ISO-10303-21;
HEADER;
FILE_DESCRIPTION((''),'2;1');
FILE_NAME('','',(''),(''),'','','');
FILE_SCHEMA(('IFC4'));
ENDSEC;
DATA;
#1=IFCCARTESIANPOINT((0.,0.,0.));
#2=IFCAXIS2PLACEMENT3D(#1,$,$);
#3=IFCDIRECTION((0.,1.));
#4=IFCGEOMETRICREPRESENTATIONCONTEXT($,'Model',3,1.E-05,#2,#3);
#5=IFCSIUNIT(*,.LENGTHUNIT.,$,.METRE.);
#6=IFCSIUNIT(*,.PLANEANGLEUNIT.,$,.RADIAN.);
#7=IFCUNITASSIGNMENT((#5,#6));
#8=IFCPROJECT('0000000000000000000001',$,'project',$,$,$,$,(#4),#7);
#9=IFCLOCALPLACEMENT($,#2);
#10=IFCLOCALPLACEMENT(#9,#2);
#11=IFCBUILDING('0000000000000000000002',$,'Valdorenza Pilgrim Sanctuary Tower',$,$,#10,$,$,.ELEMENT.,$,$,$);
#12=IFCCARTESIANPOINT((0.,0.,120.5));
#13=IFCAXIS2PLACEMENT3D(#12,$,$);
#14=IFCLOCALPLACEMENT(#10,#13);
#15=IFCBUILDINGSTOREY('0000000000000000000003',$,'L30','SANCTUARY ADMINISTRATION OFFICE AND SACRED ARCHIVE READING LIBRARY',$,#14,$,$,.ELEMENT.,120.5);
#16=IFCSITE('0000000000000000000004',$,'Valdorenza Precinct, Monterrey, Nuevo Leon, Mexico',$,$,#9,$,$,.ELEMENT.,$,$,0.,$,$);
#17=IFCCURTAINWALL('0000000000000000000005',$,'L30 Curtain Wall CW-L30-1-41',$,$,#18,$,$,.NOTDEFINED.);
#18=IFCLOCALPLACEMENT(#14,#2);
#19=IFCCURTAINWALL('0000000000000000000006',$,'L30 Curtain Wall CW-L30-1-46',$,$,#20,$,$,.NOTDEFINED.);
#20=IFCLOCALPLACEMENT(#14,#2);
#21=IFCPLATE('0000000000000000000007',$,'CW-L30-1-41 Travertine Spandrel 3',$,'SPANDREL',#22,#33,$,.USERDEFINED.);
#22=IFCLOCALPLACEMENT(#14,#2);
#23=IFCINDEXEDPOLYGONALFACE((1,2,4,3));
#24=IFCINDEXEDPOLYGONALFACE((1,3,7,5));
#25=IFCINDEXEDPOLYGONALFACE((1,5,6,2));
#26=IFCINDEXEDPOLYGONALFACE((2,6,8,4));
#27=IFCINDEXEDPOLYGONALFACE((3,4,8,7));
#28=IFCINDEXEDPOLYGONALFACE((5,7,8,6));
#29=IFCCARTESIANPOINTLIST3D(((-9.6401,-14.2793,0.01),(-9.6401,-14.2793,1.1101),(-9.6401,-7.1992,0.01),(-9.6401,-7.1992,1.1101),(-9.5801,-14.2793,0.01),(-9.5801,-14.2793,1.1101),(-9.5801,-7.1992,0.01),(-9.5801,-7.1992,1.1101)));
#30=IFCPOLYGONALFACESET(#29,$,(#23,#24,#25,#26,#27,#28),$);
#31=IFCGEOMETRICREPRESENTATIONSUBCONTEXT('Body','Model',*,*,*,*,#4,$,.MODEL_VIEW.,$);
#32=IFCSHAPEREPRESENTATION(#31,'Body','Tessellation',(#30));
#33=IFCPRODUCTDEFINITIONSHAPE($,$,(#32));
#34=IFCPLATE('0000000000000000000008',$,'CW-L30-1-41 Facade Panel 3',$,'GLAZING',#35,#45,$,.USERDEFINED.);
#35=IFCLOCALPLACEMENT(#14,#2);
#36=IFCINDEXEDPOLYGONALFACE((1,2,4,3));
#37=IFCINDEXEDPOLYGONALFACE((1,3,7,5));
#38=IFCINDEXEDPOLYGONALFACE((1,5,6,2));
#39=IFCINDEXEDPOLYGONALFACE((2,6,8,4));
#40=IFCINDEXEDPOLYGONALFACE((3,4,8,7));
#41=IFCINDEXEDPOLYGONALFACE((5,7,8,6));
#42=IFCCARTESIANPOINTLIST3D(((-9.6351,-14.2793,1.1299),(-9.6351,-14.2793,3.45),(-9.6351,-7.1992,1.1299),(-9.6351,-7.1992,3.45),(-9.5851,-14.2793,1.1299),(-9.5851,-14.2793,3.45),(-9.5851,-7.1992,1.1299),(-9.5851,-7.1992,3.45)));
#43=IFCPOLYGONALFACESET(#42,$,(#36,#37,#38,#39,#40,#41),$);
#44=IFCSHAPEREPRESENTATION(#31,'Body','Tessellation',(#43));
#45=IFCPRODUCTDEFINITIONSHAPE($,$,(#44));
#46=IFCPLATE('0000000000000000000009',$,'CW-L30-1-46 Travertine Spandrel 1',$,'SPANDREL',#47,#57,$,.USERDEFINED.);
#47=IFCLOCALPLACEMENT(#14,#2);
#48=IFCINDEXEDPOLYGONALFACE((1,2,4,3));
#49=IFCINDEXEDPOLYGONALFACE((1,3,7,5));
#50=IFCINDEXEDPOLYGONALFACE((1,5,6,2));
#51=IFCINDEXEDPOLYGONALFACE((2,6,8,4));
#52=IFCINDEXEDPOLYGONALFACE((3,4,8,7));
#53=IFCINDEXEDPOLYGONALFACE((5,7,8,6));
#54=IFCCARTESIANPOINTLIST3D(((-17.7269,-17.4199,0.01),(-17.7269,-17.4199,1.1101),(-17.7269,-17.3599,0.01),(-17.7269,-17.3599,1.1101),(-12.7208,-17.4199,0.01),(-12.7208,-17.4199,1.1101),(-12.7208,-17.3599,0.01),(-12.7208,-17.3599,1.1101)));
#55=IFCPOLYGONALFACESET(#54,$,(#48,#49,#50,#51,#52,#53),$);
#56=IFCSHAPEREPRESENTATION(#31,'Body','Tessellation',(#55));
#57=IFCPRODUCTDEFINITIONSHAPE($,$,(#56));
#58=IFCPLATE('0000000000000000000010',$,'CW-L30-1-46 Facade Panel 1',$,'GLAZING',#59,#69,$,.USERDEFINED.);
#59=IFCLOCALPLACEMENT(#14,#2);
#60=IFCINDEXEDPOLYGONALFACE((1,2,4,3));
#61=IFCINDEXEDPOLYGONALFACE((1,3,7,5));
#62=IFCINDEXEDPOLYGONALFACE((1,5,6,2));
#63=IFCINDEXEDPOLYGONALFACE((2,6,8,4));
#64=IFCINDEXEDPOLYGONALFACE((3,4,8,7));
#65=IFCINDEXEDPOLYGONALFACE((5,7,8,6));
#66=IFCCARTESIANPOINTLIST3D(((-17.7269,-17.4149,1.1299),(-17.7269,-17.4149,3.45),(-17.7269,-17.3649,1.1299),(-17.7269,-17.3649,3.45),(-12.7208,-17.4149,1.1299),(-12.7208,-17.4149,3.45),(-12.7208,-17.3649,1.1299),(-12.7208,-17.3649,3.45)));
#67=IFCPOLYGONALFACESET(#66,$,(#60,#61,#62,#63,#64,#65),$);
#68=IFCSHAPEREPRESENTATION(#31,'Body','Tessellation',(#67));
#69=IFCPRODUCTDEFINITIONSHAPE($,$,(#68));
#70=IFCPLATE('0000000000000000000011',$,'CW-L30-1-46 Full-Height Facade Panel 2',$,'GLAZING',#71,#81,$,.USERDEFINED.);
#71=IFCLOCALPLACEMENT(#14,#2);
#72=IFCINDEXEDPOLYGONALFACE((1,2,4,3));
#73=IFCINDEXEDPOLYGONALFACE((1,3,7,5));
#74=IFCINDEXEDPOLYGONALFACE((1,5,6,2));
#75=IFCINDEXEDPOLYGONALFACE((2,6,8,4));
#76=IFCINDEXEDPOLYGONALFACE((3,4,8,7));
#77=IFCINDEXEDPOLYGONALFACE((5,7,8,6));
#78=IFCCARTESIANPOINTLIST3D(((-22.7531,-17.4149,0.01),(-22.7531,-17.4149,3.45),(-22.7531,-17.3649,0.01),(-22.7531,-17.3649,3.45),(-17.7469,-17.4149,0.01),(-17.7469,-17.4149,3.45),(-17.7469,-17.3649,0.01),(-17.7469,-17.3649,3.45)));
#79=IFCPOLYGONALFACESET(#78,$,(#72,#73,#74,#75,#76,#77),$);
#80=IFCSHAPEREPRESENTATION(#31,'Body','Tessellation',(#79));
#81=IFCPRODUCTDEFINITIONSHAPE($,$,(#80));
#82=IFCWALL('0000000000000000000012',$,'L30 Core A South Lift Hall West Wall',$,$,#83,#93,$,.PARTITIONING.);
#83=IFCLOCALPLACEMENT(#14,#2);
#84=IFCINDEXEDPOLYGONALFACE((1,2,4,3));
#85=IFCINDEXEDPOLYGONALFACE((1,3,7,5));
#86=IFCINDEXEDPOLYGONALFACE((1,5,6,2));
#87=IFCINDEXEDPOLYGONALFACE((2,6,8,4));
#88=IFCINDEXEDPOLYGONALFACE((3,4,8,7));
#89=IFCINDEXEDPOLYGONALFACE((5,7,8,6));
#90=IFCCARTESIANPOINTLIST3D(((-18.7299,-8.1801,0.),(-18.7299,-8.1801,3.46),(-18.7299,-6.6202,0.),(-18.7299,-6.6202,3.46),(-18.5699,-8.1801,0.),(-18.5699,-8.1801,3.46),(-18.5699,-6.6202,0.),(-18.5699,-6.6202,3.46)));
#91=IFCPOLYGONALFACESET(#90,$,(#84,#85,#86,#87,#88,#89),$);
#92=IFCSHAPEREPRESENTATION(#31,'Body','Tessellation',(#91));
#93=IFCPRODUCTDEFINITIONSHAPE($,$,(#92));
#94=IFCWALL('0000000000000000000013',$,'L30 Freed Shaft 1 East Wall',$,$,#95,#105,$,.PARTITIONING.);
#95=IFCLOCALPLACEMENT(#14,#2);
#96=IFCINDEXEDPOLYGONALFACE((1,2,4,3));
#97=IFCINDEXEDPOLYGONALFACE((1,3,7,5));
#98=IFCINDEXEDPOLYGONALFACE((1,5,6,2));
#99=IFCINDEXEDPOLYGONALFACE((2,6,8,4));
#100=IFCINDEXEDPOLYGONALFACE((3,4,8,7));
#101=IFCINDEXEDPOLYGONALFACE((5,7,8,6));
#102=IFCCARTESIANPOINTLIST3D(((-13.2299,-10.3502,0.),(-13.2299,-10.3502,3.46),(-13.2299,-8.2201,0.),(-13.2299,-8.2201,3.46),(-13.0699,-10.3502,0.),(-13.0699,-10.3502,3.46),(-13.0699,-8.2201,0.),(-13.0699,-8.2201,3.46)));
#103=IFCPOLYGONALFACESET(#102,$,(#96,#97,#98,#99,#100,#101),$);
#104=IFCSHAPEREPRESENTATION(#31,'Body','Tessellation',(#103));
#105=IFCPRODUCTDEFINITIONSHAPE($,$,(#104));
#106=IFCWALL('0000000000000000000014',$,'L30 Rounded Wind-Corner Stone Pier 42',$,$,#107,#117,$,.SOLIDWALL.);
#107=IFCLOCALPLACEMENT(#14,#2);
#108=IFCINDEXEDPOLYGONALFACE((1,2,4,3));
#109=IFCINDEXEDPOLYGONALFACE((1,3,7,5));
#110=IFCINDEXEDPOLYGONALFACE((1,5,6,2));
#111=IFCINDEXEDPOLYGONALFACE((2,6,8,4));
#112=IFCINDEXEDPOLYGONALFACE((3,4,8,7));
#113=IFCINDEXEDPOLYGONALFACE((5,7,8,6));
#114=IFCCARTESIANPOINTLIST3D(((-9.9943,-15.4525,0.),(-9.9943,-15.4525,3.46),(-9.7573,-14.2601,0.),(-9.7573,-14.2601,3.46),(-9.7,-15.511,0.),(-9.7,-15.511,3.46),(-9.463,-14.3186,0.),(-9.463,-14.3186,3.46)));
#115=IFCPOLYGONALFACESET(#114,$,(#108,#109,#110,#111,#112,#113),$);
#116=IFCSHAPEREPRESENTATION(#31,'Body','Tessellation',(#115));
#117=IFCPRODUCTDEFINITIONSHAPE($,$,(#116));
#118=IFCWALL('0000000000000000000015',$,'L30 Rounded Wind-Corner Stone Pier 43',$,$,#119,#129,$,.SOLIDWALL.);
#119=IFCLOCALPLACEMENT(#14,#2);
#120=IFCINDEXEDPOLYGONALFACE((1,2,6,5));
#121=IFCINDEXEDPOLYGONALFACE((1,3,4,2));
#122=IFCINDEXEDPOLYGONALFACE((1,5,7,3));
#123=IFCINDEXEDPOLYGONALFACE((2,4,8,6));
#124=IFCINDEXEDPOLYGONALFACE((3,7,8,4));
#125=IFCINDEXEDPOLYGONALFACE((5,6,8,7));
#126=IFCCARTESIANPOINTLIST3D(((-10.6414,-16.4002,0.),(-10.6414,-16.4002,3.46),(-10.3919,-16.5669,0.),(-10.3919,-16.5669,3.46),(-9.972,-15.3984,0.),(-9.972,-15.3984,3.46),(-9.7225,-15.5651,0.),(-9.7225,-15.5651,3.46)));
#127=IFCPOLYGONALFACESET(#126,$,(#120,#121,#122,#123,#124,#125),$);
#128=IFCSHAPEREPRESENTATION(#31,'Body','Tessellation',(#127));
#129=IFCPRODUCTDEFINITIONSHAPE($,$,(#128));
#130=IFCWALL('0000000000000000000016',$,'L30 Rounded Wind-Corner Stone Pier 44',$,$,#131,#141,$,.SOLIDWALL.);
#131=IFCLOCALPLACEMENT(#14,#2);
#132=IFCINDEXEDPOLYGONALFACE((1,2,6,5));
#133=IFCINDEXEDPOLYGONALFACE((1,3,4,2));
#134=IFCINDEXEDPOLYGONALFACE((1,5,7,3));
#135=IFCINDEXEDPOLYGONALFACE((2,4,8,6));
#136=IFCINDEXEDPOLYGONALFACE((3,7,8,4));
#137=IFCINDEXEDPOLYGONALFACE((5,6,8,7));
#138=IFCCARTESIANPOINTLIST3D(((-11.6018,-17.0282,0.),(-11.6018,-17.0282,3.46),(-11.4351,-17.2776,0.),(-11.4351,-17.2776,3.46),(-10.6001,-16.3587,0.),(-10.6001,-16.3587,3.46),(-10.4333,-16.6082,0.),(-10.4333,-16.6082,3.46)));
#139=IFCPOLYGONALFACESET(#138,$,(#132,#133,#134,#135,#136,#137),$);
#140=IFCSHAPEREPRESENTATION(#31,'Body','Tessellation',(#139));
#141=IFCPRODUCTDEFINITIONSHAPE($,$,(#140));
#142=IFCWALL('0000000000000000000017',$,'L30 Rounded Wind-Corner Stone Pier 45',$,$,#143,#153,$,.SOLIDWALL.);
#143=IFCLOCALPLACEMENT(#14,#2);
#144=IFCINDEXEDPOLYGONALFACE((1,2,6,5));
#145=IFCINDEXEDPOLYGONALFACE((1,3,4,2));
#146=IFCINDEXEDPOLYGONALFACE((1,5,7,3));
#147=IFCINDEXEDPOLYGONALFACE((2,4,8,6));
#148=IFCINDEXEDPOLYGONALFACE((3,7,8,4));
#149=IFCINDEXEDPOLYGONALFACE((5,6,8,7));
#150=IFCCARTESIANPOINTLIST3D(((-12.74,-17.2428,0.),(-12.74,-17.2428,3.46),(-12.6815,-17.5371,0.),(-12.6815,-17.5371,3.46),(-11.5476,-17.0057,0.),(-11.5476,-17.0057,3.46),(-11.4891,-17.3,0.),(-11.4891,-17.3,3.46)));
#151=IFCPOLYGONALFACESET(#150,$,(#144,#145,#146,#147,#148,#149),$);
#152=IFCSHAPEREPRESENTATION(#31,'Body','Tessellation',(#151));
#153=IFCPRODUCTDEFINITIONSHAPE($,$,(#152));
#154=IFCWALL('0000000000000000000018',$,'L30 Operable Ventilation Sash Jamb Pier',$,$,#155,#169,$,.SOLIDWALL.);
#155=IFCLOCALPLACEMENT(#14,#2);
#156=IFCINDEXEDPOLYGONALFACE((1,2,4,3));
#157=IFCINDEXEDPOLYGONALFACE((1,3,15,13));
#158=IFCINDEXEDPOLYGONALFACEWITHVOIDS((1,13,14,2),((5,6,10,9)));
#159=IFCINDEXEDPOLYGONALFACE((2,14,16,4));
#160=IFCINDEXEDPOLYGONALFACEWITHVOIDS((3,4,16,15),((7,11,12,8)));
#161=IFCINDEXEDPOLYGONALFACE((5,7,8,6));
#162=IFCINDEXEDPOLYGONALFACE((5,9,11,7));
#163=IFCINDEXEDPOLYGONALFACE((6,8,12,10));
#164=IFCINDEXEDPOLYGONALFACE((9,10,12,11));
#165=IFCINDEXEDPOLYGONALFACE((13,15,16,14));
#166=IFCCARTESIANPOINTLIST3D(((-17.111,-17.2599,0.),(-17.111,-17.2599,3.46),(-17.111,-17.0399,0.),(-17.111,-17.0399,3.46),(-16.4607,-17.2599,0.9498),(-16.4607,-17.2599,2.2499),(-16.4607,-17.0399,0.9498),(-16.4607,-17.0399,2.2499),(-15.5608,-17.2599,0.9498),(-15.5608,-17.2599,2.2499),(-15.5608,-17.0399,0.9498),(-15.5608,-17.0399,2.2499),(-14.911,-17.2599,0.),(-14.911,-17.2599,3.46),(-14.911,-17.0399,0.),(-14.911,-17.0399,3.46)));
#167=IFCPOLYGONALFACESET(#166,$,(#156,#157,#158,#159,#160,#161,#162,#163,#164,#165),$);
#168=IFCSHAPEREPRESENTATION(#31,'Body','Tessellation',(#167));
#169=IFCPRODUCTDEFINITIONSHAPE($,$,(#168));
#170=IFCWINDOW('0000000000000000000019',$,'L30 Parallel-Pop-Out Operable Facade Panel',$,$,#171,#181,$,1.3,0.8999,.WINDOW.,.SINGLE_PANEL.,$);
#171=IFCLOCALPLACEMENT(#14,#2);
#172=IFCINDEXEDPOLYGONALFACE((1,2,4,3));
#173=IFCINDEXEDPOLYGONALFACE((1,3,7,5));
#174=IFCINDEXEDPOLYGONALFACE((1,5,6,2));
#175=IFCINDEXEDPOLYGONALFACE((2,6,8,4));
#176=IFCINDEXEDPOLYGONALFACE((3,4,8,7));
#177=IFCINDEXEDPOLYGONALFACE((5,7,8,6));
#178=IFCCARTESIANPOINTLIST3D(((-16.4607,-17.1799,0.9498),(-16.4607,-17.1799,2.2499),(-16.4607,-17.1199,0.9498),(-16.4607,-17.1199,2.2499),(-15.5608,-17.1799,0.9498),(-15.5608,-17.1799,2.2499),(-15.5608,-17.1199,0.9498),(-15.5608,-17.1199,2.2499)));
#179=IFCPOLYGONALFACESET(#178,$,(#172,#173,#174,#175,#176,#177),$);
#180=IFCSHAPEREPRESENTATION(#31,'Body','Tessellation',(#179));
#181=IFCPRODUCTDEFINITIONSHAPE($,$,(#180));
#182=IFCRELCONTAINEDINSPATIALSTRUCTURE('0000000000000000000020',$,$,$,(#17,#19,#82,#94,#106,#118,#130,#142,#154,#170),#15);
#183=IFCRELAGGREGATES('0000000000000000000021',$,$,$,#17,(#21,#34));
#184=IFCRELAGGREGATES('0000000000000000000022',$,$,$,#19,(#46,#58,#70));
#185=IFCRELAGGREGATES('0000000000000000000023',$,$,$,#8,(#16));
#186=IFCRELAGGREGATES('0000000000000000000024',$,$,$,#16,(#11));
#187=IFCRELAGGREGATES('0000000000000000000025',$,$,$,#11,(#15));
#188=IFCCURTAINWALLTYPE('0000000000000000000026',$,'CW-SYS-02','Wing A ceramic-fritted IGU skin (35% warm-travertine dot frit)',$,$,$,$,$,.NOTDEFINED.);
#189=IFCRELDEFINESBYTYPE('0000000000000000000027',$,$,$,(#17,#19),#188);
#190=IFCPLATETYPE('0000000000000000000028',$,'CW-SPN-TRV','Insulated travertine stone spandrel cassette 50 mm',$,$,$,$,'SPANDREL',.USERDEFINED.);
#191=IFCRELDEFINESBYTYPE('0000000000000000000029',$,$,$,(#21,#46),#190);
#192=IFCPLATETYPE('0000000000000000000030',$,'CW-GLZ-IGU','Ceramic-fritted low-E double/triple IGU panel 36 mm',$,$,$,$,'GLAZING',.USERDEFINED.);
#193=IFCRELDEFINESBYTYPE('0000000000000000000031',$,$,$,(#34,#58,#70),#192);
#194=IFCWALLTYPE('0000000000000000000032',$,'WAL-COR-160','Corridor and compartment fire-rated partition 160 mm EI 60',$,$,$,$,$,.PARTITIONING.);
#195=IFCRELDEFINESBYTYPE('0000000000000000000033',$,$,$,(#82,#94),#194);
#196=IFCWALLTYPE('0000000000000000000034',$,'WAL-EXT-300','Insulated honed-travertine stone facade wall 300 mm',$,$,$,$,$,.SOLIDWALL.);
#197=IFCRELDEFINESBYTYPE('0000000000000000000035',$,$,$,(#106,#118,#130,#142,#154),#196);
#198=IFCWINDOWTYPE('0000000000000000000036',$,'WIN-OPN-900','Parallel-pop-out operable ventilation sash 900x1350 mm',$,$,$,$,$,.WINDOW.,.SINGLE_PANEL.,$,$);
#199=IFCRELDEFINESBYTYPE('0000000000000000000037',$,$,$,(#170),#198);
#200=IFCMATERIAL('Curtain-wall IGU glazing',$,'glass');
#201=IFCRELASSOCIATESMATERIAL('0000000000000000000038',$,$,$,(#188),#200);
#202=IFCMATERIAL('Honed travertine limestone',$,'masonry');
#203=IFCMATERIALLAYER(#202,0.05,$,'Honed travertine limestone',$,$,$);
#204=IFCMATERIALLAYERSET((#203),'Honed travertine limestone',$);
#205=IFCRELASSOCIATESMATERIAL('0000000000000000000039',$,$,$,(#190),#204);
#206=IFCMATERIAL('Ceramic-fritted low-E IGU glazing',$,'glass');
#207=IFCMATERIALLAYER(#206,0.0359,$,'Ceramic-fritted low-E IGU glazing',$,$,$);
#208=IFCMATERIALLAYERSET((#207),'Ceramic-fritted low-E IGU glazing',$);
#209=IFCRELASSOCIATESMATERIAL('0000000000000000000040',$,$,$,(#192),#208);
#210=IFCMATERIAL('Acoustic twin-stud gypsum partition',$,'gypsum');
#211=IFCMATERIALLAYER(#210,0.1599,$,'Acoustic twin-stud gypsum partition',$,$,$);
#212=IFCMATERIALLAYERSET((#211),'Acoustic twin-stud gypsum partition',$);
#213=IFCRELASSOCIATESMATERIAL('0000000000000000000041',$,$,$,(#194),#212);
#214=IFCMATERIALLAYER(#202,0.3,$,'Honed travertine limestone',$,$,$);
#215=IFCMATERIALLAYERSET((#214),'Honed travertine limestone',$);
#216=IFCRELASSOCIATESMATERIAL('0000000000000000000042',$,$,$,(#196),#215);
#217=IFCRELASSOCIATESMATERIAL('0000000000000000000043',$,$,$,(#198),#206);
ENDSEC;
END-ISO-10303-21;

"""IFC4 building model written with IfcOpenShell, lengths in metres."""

from ifc_helpers import new_model, si_unit, direction, frame, frame_2d, origin, origin_2d, place, context, subcontext, project, spatial, rectangle, extrude, source, transform, mapped, material, layer, layer_set, type_object, element, fill, aggregate, save


model = new_model("IFC4")

# Units and contexts
model_context = context("Model", 3, precision=1e-05, world=origin(), true_north=direction((0.0, 1.0)))
body_context = subcontext(model_context, "Body", "Model", "MODEL_VIEW")
ifc_project = project(units=[si_unit("LENGTHUNIT", "METRE"), si_unit("PLANEANGLEUNIT", "RADIAN")], contexts=[model_context])

# Site, building, storey
site_placement = place(None, origin())
site = spatial("IfcSite", under=ifc_project, at=site_placement, Name="Valdorenza Precinct, Monterrey, Nuevo Leon, Mexico", CompositionType="ELEMENT", RefElevation=0.0)
building_placement = place(site_placement, origin())
building = spatial("IfcBuilding", under=site, at=building_placement, Name="Valdorenza Pilgrim Sanctuary Tower", CompositionType="ELEMENT")
storey_placement = place(building_placement, frame((0.0, 0.0, 120.5)))
storey = spatial("IfcBuildingStorey", under=building, at=storey_placement, Name="L30", Description="SANCTUARY ADMINISTRATION OFFICE AND SACRED ARCHIVE READING LIBRARY", CompositionType="ELEMENT", Elevation=120.5)

# Curtain walls
ifc_material_1 = material(Name="Curtain-wall IGU glazing", Category="glass")
curtain_wall_type = type_object("IfcCurtainWallType", Name="CW-SYS-02", Description="Wing A ceramic-fritted IGU skin (35% warm-travertine dot frit)", PredefinedType="NOTDEFINED", material=ifc_material_1)
curtain_wall_1_placement = place(storey_placement, origin())
curtain_wall_1 = element("IfcCurtainWall", 1, at=curtain_wall_1_placement, inside=storey, type_object=curtain_wall_type, Name="L30 Curtain Wall CW-L30-1-41", PredefinedType="NOTDEFINED")
curtain_wall_2_placement = place(storey_placement, origin())
curtain_wall_2 = element("IfcCurtainWall", 2, at=curtain_wall_2_placement, inside=storey, type_object=curtain_wall_type, Name="L30 Curtain Wall CW-L30-1-46", PredefinedType="NOTDEFINED")

# Plates
ifc_material_2 = material(Name="Honed travertine limestone", Category="masonry")
ifc_layer_1 = layer(ifc_material_2, 0.05, Name="Honed travertine limestone")
ifc_layer_set_1 = layer_set([ifc_layer_1], Name="Honed travertine limestone")
plate_type_1 = type_object("IfcPlateType", Name="CW-SPN-TRV", Description="Insulated travertine stone spandrel cassette 50 mm", ElementType="SPANDREL", PredefinedType="USERDEFINED", material=ifc_layer_set_1)
shared_shape_1 = source(origin(), body_context, "Body", "SweptSolid", [
    extrude(rectangle(XDim=7.0801, YDim=0.0601, at=origin_2d()), origin(), (0.0, 0.0, 1.0), 1.1001),
])
plate_1_placement = place(storey_placement, frame((-9.6101, -10.7393, 0.01), z_axis=(0.0, 0.0, 1.0), x_axis=(0.0, -1.0, 0.0)))
plate_1 = element("IfcPlate", 3, at=plate_1_placement, type_object=plate_type_1, Name="CW-L30-1-41 Travertine Spandrel 3", ObjectType="SPANDREL", PredefinedType="USERDEFINED", context=body_context, shape_type="MappedRepresentation", body=[
    mapped(shared_shape_1, transform((0.0, 0.0, 0.0), x_axis=(1.0, 0.0, 0.0), y_axis=(0.0, 1.0, 0.0), z_axis=(0.0, 0.0, 1.0), scale=1.0)),
])
ifc_material_3 = material(Name="Ceramic-fritted low-E IGU glazing", Category="glass")
ifc_layer_2 = layer(ifc_material_3, 0.0359, Name="Ceramic-fritted low-E IGU glazing")
ifc_layer_set_2 = layer_set([ifc_layer_2], Name="Ceramic-fritted low-E IGU glazing")
plate_type_2 = type_object("IfcPlateType", Name="CW-GLZ-IGU", Description="Ceramic-fritted low-E double/triple IGU panel 36 mm", ElementType="GLAZING", PredefinedType="USERDEFINED", material=ifc_layer_set_2)
shared_shape_2 = source(origin(), body_context, "Body", "SweptSolid", [
    extrude(rectangle(XDim=7.0801, YDim=0.05, at=origin_2d()), origin(), (0.0, 0.0, 1.0), 2.3201),
])
plate_2_placement = place(storey_placement, frame((-9.6101, -10.7393, 1.1299), z_axis=(0.0, 0.0, 1.0), x_axis=(0.0, -1.0, 0.0)))
plate_2 = element("IfcPlate", 4, at=plate_2_placement, type_object=plate_type_2, Name="CW-L30-1-41 Facade Panel 3", ObjectType="GLAZING", PredefinedType="USERDEFINED", context=body_context, shape_type="MappedRepresentation", body=[
    mapped(shared_shape_2, transform((0.0, 0.0, 0.0), x_axis=(1.0, 0.0, 0.0), y_axis=(0.0, 1.0, 0.0), z_axis=(0.0, 0.0, 1.0), scale=1.0)),
])
aggregate(curtain_wall_1, [plate_1, plate_2])
shared_shape_3 = source(origin(), body_context, "Body", "SweptSolid", [
    extrude(rectangle(XDim=5.0061, YDim=0.0601, at=origin_2d()), origin(), (0.0, 0.0, 1.0), 1.1001),
])
plate_3_placement = place(storey_placement, frame((-15.2239, -17.3899, 0.01), z_axis=(0.0, 0.0, 1.0), x_axis=(-1.0, 0.0, 0.0)))
plate_3 = element("IfcPlate", 5, at=plate_3_placement, type_object=plate_type_1, Name="CW-L30-1-46 Travertine Spandrel 1", ObjectType="SPANDREL", PredefinedType="USERDEFINED", context=body_context, shape_type="MappedRepresentation", body=[
    mapped(shared_shape_3, transform((0.0, 0.0, 0.0), x_axis=(1.0, 0.0, 0.0), y_axis=(0.0, 1.0, 0.0), z_axis=(0.0, 0.0, 1.0), scale=1.0)),
])
shared_shape_4 = source(origin(), body_context, "Body", "SweptSolid", [
    extrude(rectangle(XDim=5.0061, YDim=0.05, at=origin_2d()), origin(), (0.0, 0.0, 1.0), 2.3201),
])
plate_4_placement = place(storey_placement, frame((-15.2239, -17.3899, 1.1299), z_axis=(0.0, 0.0, 1.0), x_axis=(-1.0, 0.0, 0.0)))
plate_4 = element("IfcPlate", 6, at=plate_4_placement, type_object=plate_type_2, Name="CW-L30-1-46 Facade Panel 1", ObjectType="GLAZING", PredefinedType="USERDEFINED", context=body_context, shape_type="MappedRepresentation", body=[
    mapped(shared_shape_4, transform((0.0, 0.0, 0.0), x_axis=(1.0, 0.0, 0.0), y_axis=(0.0, 1.0, 0.0), z_axis=(0.0, 0.0, 1.0), scale=1.0)),
])
shared_shape_5 = source(origin(), body_context, "Body", "SweptSolid", [
    extrude(rectangle(XDim=5.0061, YDim=0.05, at=origin_2d()), origin(), (0.0, 0.0, 1.0), 3.4399),
])
plate_5_placement = place(storey_placement, frame((-20.25, -17.3899, 0.01), z_axis=(0.0, 0.0, 1.0), x_axis=(-1.0, 0.0, 0.0)))
plate_5 = element("IfcPlate", 7, at=plate_5_placement, type_object=plate_type_2, Name="CW-L30-1-46 Full-Height Facade Panel 2", ObjectType="GLAZING", PredefinedType="USERDEFINED", context=body_context, shape_type="MappedRepresentation", body=[
    mapped(shared_shape_5, transform((0.0, 0.0, 0.0), x_axis=(1.0, 0.0, 0.0), y_axis=(0.0, 1.0, 0.0), z_axis=(0.0, 0.0, 1.0), scale=1.0)),
])
aggregate(curtain_wall_2, [plate_3, plate_4, plate_5])

# Wall
ifc_material_4 = material(Name="Acoustic twin-stud gypsum partition", Category="gypsum")
ifc_layer_3 = layer(ifc_material_4, 0.1599, Name="Acoustic twin-stud gypsum partition")
ifc_layer_set_3 = layer_set([ifc_layer_3], Name="Acoustic twin-stud gypsum partition")
wall_type_1 = type_object("IfcWallType", Name="WAL-COR-160", Description="Corridor and compartment fire-rated partition 160 mm EI 60", PredefinedType="PARTITIONING", material=ifc_layer_set_3)
wall_1_placement = place(storey_placement, frame((-18.6499, -8.1799, 0.0), z_axis=(0.0, 0.0, 1.0), x_axis=(0.0, 1.0, 0.0)))
element("IfcWall", 8, at=wall_1_placement, inside=storey, type_object=wall_type_1, Name="L30 Core A South Lift Hall West Wall", PredefinedType="PARTITIONING", context=body_context, shape_type="SweptSolid", body=[
    extrude(rectangle(XDim=1.5598, YDim=0.1599, at=frame_2d((0.7798, 0.0))), origin(), (0.0, 0.0, 1.0), 3.46),
])

# Walls
wall_2_placement = place(storey_placement, frame((-13.1499, -10.3501, 0.0), z_axis=(0.0, 0.0, 1.0), x_axis=(0.0, 1.0, 0.0)))
element("IfcWall", 9, at=wall_2_placement, inside=storey, type_object=wall_type_1, Name="L30 Freed Shaft 1 East Wall", PredefinedType="PARTITIONING", context=body_context, shape_type="SweptSolid", body=[
    extrude(rectangle(XDim=2.1301, YDim=0.1599, at=frame_2d((1.0649, 0.0))), origin(), (0.0, 0.0, 1.0), 3.46),
])
ifc_layer_4 = layer(ifc_material_2, 0.3, Name="Honed travertine limestone")
ifc_layer_set_4 = layer_set([ifc_layer_4], Name="Honed travertine limestone")
wall_type_2 = type_object("IfcWallType", Name="WAL-EXT-300", Description="Insulated honed-travertine stone facade wall 300 mm", PredefinedType="SOLIDWALL", material=ifc_layer_set_4)
wall_3_placement = place(storey_placement, frame((-9.6101, -14.2893, 0.0), z_axis=(0.0, 0.0, 1.0), x_axis=(-0.194996, -0.980804, 0.0)))
element("IfcWall", 10, at=wall_3_placement, inside=storey, type_object=wall_type_2, Name="L30 Rounded Wind-Corner Stone Pier 42", PredefinedType="SOLIDWALL", context=body_context, shape_type="SweptSolid", body=[
    extrude(rectangle(XDim=1.2158, YDim=0.3, at=frame_2d((0.6079, 0.0))), origin(), (0.0, 0.0, 1.0), 3.46),
])
for number, where, z_axis, x_axis, name in (
    (11, (-9.8472, -15.4817, 0.0), (0.0, 0.0, 1.0), (-0.555635, -0.831426, 0.0), "L30 Rounded Wind-Corner Stone Pier 43"),
    (12, (-10.5166, -16.4834, 0.0), (0.0, 0.0, 1.0), (-0.831426, -0.555635, 0.0), "L30 Rounded Wind-Corner Stone Pier 44"),
):
    element("IfcWall", number, at=place(storey_placement, frame(where, z_axis=z_axis, x_axis=x_axis)), inside=storey, type_object=wall_type_2, Name=name, PredefinedType="SOLIDWALL", context=body_context, shape_type="SweptSolid", body=[
        extrude(rectangle(XDim=1.2048, YDim=0.3, at=frame_2d((0.6025, 0.0))), origin(), (0.0, 0.0, 1.0), 3.46),
    ])
wall_4_placement = place(storey_placement, frame((-11.5183, -17.1528, 0.0), z_axis=(0.0, 0.0, 1.0), x_axis=(-0.980804, -0.194996, 0.0)))
element("IfcWall", 13, at=wall_4_placement, inside=storey, type_object=wall_type_2, Name="L30 Rounded Wind-Corner Stone Pier 45", PredefinedType="SOLIDWALL", context=body_context, shape_type="SweptSolid", body=[
    extrude(rectangle(XDim=1.2158, YDim=0.3, at=frame_2d((0.6079, 0.0))), origin(), (0.0, 0.0, 1.0), 3.46),
])

# Wall, opening, window
wall_5_placement = place(storey_placement, frame((-14.9109, -17.1499, 0.0), z_axis=(0.0, 0.0, 1.0), x_axis=(-1.0, 0.0, 0.0)))
wall_5 = element("IfcWall", 14, at=wall_5_placement, inside=storey, type_object=wall_type_2, Name="L30 Operable Ventilation Sash Jamb Pier", PredefinedType="SOLIDWALL", context=body_context, shape_type="SweptSolid", body=[
    extrude(rectangle(XDim=2.2, YDim=0.22, at=frame_2d((1.1001, 0.0))), origin(), (0.0, 0.0, 1.0), 3.46),
])
opening_1_placement = place(wall_5_placement, frame((0.6499, 0.0, 0.95)))
opening_1 = element("IfcOpeningElement", 15, at=opening_1_placement, cuts=wall_5, PredefinedType="OPENING", context=body_context, shape_type="SweptSolid", body=[
    extrude(rectangle(XDim=0.8999, YDim=1.3, at=frame_2d((0.45, 0.6499))), frame((0.0, 0.125, 0.0), z_axis=(0.0, -1.0, 0.0), x_axis=(1.0, 0.0, 0.0)), (0.0, 0.0, 1.0), 0.2498),
])
window_type = type_object("IfcWindowType", Name="WIN-OPN-900", Description="Parallel-pop-out operable ventilation sash 900x1350 mm", PartitioningType="SINGLE_PANEL", PredefinedType="WINDOW", material=ifc_material_3)
window_placement = place(opening_1_placement, origin())
window = element("IfcWindow", 16, at=window_placement, inside=storey, type_object=window_type, Name="L30 Parallel-Pop-Out Operable Facade Panel", OverallHeight=1.3, OverallWidth=0.8999, PartitioningType="SINGLE_PANEL", PredefinedType="WINDOW", context=body_context, shape_type="SweptSolid", body=[
    extrude(rectangle(XDim=0.8999, YDim=1.3, at=frame_2d((0.45, 0.6499))), frame((0.0, 0.03, 0.0), z_axis=(0.0, -1.0, 0.0), x_axis=(1.0, 0.0, 0.0)), (0.0, 0.0, 1.0), 0.0601),
])
fill(opening_1, window)

save(model, "model.ifc")
